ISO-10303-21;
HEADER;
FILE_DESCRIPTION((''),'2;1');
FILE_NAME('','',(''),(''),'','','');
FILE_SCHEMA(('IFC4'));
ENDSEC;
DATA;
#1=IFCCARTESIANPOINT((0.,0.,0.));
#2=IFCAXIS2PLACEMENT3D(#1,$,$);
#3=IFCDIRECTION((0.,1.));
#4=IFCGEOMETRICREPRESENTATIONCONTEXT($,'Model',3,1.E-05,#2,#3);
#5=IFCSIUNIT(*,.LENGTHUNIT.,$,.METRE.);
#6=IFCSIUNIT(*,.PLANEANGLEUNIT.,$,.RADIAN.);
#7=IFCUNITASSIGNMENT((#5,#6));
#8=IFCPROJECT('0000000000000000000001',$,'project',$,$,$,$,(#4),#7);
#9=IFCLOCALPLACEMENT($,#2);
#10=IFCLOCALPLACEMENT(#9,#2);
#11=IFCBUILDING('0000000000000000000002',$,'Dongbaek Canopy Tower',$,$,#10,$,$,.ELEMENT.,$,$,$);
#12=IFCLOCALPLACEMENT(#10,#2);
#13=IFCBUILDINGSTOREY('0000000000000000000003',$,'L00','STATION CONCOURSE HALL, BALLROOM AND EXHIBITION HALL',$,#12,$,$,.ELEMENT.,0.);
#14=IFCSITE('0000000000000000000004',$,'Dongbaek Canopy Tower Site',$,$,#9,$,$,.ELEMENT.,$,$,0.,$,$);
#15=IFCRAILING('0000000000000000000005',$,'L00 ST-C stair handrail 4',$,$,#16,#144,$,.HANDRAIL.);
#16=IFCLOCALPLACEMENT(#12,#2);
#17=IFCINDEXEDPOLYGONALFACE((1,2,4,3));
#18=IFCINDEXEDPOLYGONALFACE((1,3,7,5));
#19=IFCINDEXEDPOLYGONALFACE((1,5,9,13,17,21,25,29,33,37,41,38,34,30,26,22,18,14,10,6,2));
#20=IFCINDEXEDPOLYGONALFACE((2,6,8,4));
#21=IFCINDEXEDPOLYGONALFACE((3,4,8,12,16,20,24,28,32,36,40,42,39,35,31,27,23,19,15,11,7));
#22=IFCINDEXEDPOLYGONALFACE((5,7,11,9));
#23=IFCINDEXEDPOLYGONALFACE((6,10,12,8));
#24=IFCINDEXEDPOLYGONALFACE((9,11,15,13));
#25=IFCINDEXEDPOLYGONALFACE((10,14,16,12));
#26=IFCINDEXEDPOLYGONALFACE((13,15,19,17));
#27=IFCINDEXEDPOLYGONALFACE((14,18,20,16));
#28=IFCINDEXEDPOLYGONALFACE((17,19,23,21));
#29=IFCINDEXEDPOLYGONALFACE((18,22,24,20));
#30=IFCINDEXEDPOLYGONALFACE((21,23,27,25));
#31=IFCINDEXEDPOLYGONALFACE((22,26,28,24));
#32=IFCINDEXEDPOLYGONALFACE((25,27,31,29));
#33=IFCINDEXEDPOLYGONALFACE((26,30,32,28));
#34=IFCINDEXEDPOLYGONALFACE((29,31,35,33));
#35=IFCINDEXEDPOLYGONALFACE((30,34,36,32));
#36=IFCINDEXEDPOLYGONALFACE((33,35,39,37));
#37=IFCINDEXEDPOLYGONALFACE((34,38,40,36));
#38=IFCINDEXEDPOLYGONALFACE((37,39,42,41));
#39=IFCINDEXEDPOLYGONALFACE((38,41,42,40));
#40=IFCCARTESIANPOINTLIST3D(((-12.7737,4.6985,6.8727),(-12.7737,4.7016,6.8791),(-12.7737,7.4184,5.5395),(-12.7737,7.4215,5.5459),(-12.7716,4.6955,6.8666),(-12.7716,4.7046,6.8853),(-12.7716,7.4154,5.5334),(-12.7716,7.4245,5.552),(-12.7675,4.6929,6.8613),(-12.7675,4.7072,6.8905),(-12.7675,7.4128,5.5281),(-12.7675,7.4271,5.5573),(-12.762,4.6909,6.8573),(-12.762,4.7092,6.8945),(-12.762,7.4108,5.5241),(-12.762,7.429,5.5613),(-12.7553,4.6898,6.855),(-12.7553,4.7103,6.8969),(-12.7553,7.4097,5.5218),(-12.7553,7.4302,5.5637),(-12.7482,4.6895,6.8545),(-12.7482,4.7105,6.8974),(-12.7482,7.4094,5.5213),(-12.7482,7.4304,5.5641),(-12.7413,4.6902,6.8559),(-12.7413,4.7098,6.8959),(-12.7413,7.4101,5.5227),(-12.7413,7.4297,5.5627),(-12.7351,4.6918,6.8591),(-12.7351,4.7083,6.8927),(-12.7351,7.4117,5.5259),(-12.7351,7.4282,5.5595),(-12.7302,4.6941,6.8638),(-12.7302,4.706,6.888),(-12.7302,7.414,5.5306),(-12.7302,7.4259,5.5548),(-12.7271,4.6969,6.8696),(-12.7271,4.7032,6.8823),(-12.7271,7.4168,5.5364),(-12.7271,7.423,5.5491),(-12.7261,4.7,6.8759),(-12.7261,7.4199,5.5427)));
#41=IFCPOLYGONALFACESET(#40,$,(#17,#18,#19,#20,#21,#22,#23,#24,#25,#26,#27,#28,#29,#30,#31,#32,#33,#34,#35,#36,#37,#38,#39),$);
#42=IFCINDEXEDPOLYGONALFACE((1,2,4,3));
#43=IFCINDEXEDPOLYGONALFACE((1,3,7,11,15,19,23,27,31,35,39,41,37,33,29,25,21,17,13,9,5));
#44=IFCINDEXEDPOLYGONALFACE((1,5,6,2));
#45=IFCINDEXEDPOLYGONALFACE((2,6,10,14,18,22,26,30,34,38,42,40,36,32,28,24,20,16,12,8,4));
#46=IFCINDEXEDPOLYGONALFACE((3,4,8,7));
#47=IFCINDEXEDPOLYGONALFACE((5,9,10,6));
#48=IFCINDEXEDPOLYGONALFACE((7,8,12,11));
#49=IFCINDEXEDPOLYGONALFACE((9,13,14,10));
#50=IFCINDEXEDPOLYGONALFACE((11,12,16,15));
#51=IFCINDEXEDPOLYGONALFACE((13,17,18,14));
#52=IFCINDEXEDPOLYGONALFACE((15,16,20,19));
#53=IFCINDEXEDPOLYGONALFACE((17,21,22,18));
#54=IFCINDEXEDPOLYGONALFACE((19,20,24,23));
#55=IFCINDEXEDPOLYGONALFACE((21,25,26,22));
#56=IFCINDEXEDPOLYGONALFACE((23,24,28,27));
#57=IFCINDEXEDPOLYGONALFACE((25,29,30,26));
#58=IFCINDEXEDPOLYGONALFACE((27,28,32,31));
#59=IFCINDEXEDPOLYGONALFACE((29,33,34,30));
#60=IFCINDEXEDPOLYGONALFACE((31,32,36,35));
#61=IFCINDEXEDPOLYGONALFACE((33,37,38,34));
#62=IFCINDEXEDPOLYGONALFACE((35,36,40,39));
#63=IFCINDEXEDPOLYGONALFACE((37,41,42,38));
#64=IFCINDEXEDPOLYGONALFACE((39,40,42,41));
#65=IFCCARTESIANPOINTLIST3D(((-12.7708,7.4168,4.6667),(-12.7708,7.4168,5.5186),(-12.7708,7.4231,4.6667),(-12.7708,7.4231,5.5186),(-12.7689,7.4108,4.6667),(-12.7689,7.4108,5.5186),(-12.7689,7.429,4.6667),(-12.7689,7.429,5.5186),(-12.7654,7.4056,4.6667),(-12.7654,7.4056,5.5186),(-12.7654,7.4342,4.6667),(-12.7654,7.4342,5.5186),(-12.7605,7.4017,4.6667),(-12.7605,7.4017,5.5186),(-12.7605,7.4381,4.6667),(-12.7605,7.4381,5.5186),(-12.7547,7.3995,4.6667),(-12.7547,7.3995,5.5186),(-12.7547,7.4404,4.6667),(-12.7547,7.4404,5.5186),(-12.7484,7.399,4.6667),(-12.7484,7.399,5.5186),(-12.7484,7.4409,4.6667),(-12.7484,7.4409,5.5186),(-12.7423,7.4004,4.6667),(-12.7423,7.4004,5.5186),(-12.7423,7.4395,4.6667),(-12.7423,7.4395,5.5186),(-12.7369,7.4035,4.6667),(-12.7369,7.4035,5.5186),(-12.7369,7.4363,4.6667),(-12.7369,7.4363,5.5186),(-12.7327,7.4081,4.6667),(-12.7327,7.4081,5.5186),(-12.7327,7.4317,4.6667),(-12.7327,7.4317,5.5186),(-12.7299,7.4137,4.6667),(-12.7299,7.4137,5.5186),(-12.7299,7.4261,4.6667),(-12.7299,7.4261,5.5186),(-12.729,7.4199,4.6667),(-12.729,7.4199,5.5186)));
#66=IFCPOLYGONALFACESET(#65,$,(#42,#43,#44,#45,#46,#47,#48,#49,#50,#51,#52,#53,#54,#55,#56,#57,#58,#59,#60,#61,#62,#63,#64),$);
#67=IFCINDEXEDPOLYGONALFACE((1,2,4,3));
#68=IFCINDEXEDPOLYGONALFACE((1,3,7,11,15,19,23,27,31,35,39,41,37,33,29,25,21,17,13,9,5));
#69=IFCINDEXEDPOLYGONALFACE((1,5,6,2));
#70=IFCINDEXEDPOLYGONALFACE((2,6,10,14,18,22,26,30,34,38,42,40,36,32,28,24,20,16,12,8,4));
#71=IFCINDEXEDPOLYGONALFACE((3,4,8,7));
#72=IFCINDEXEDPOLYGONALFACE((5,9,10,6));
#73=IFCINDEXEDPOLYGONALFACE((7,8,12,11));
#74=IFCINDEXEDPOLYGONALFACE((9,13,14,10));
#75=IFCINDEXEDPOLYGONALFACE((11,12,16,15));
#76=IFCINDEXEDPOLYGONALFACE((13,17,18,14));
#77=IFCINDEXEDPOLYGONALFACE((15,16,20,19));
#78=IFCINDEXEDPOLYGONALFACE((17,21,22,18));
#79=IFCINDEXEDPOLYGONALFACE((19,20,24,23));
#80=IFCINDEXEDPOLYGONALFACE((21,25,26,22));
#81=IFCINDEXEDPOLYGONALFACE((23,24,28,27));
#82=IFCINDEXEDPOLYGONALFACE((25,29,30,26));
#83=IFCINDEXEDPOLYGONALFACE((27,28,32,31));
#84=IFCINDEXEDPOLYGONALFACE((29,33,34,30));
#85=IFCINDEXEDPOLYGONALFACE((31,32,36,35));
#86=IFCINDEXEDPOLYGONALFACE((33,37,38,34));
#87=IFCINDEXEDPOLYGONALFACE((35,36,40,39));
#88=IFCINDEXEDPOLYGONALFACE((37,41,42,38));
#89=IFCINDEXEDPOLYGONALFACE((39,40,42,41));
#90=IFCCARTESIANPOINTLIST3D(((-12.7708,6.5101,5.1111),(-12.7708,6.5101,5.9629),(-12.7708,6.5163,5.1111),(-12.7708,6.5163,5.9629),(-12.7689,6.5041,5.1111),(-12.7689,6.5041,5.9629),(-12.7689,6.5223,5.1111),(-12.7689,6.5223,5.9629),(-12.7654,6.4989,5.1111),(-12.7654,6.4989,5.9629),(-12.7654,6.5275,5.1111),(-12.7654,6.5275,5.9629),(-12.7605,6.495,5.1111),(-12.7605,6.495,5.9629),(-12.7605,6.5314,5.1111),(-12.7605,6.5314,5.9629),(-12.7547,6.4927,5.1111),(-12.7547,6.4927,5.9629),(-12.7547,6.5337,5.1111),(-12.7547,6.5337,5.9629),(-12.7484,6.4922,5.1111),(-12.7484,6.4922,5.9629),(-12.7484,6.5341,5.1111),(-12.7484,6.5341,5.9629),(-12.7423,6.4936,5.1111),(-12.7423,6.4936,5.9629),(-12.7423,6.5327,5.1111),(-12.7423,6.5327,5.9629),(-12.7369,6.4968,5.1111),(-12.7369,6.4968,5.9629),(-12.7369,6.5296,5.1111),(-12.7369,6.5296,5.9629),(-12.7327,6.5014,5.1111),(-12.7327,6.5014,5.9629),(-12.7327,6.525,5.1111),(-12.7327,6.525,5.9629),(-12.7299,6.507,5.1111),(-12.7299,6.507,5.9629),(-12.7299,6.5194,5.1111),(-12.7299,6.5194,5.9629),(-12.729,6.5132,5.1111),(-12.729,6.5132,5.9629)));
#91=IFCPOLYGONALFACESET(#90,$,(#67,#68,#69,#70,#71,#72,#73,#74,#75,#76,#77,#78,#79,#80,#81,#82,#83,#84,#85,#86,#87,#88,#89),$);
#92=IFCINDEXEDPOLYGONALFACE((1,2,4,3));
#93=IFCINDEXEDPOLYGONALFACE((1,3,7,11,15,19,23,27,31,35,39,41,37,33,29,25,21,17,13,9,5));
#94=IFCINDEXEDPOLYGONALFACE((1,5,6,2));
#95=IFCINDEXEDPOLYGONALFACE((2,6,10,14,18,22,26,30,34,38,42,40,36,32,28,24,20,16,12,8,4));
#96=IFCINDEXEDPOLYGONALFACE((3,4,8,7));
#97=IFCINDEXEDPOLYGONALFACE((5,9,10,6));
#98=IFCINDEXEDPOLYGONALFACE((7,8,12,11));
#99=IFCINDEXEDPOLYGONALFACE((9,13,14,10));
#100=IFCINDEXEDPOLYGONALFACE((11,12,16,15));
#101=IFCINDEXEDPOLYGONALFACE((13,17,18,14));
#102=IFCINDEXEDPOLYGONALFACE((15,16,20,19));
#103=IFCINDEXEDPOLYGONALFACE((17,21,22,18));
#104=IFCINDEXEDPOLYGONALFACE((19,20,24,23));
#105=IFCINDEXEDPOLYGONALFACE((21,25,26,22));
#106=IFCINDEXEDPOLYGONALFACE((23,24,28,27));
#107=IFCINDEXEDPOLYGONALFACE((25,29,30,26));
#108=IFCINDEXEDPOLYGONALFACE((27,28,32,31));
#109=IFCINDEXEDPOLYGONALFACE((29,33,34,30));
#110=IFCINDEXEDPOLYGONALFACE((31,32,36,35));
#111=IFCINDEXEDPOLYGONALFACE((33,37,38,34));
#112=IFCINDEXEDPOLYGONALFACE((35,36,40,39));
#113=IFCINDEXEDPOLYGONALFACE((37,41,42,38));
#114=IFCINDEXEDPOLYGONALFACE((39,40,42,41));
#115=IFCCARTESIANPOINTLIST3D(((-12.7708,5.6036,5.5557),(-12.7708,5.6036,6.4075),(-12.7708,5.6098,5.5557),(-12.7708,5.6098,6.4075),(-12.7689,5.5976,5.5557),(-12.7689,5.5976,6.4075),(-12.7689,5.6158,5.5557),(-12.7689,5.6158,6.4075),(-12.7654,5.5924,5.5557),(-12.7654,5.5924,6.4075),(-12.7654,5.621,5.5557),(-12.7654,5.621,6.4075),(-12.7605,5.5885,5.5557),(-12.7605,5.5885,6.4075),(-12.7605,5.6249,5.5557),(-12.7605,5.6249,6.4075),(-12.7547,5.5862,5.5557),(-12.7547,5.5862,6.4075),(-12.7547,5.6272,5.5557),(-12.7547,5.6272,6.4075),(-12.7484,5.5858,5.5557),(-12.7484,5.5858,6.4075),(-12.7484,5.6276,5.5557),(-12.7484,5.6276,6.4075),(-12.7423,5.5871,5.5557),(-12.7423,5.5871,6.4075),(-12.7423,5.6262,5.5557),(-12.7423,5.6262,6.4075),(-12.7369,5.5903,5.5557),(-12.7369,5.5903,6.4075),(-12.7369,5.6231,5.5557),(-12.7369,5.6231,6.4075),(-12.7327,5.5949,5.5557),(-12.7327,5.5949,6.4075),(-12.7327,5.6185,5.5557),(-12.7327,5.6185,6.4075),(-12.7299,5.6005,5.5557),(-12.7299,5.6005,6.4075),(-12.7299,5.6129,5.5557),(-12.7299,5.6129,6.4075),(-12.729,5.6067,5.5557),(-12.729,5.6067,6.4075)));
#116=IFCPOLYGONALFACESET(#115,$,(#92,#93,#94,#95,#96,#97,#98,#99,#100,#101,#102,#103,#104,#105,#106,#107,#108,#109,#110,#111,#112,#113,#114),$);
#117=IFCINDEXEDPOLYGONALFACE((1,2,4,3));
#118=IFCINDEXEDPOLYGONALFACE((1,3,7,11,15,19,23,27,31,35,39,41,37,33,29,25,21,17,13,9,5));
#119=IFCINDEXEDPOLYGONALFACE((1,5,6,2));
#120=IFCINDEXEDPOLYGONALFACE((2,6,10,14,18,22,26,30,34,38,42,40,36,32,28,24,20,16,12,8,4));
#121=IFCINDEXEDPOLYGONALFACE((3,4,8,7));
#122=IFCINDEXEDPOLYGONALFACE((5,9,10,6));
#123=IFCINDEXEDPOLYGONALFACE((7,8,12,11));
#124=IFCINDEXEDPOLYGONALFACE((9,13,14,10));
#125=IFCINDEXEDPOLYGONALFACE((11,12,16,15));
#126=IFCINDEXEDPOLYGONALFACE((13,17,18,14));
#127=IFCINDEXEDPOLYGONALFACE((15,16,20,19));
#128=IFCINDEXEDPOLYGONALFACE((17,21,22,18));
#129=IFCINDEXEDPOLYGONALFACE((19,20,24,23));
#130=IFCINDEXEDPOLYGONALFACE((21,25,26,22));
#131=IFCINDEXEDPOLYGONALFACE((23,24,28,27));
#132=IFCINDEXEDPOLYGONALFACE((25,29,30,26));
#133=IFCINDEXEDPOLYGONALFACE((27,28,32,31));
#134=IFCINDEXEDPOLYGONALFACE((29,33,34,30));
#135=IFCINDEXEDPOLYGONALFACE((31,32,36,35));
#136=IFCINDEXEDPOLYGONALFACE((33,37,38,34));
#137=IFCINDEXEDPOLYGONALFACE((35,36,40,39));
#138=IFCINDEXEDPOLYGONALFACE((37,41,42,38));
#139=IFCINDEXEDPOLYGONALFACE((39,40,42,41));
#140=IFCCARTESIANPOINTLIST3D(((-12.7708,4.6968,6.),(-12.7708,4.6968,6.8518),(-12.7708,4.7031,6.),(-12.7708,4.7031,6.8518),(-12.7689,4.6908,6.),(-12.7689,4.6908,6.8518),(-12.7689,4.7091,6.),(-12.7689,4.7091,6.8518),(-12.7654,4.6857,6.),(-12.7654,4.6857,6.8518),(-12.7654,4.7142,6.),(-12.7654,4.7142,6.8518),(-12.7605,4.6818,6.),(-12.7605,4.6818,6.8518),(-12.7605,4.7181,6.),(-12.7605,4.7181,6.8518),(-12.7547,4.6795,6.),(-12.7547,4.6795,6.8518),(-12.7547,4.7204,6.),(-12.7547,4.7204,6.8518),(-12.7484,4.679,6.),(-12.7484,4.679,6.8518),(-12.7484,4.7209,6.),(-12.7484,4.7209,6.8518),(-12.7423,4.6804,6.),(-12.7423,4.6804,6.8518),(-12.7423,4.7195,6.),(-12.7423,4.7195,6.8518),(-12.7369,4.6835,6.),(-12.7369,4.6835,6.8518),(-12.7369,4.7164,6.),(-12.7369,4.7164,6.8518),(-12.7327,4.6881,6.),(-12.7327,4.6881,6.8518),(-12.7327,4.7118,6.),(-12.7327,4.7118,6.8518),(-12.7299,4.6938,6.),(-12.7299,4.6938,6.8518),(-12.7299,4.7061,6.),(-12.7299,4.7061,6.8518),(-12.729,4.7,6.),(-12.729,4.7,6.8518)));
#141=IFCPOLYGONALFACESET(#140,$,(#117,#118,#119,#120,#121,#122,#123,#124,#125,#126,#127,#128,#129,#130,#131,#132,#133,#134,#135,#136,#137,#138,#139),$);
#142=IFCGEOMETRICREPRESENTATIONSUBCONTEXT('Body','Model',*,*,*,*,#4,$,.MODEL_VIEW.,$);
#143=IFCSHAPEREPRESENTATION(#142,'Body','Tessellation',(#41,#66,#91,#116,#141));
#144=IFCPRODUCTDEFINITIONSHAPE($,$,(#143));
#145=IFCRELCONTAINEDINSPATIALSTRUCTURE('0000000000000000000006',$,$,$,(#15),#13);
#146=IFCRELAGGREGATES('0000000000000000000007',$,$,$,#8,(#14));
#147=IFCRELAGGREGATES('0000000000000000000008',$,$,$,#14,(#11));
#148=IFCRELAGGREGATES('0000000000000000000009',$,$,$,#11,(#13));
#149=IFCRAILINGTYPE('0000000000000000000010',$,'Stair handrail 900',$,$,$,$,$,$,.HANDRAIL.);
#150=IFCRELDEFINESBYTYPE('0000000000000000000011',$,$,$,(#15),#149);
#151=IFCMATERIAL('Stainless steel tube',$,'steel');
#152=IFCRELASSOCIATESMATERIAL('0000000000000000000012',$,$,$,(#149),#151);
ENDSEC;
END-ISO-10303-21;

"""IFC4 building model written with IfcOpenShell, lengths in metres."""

from ifc_helpers import new_model, si_unit, direction, frame, origin, origin_2d, place, context, subcontext, project, spatial, circle, extrude, material, type_object, element, save


model = new_model("IFC4")

# Units and contexts
model_context = context("Model", 3, precision=1e-05, world=origin(), true_north=direction((0.0, 1.0)))
body_context = subcontext(model_context, "Body", "Model", "MODEL_VIEW")
ifc_project = project(units=[si_unit("LENGTHUNIT", "METRE"), si_unit("PLANEANGLEUNIT", "RADIAN")], contexts=[model_context])

# Site, building, storey
site_placement = place(None, origin())
site = spatial("IfcSite", under=ifc_project, at=site_placement, Name="Dongbaek Canopy Tower Site", CompositionType="ELEMENT", RefElevation=0.0)
building_placement = place(site_placement, origin())
building = spatial("IfcBuilding", under=site, at=building_placement, Name="Dongbaek Canopy Tower", CompositionType="ELEMENT")
storey_placement = place(building_placement, origin())
storey = spatial("IfcBuildingStorey", under=building, at=storey_placement, Name="L00", Description="STATION CONCOURSE HALL, BALLROOM AND EXHIBITION HALL", CompositionType="ELEMENT", Elevation=0.0)

# Railing
ifc_material_1 = material(Name="Stainless steel tube", Category="steel")
railing_type_1 = type_object("IfcRailingType", Name="Stair handrail 900", PredefinedType="HANDRAIL", material=ifc_material_1)
for number, where, name in (
    (1, (-12.75, 7.4199, 4.6667), "L00 ST-C stair handrail 4"),
):
    element("IfcRailing", number, at=place(storey_placement, frame(where)), inside=storey, type_object=railing_type_1, Name=name, PredefinedType="HANDRAIL", context=body_context, shape_type="SweptSolid", body=[
        extrude(circle(Radius=0.0239, at=origin_2d()), frame((0.0, 0.0, 0.876), z_axis=(0.0, -0.897929, 0.440139), x_axis=(1.0, 0.0, 0.0)), (0.0, 0.0, 1.0), 3.0291),
        extrude(circle(Radius=0.021, at=origin_2d()), origin(), (0.0, 0.0, 1.0), 0.8518),
        extrude(circle(Radius=0.021, at=origin_2d()), frame((0.0, -0.9067, 0.4443)), (0.0, 0.0, 1.0), 0.8518),
        extrude(circle(Radius=0.021, at=origin_2d()), frame((0.0, -1.8132, 0.8889)), (0.0, 0.0, 1.0), 0.8518),
        extrude(circle(Radius=0.021, at=origin_2d()), frame((0.0, -2.72, 1.3333)), (0.0, 0.0, 1.0), 0.8518),
    ])

save(model, "model.ifc")
